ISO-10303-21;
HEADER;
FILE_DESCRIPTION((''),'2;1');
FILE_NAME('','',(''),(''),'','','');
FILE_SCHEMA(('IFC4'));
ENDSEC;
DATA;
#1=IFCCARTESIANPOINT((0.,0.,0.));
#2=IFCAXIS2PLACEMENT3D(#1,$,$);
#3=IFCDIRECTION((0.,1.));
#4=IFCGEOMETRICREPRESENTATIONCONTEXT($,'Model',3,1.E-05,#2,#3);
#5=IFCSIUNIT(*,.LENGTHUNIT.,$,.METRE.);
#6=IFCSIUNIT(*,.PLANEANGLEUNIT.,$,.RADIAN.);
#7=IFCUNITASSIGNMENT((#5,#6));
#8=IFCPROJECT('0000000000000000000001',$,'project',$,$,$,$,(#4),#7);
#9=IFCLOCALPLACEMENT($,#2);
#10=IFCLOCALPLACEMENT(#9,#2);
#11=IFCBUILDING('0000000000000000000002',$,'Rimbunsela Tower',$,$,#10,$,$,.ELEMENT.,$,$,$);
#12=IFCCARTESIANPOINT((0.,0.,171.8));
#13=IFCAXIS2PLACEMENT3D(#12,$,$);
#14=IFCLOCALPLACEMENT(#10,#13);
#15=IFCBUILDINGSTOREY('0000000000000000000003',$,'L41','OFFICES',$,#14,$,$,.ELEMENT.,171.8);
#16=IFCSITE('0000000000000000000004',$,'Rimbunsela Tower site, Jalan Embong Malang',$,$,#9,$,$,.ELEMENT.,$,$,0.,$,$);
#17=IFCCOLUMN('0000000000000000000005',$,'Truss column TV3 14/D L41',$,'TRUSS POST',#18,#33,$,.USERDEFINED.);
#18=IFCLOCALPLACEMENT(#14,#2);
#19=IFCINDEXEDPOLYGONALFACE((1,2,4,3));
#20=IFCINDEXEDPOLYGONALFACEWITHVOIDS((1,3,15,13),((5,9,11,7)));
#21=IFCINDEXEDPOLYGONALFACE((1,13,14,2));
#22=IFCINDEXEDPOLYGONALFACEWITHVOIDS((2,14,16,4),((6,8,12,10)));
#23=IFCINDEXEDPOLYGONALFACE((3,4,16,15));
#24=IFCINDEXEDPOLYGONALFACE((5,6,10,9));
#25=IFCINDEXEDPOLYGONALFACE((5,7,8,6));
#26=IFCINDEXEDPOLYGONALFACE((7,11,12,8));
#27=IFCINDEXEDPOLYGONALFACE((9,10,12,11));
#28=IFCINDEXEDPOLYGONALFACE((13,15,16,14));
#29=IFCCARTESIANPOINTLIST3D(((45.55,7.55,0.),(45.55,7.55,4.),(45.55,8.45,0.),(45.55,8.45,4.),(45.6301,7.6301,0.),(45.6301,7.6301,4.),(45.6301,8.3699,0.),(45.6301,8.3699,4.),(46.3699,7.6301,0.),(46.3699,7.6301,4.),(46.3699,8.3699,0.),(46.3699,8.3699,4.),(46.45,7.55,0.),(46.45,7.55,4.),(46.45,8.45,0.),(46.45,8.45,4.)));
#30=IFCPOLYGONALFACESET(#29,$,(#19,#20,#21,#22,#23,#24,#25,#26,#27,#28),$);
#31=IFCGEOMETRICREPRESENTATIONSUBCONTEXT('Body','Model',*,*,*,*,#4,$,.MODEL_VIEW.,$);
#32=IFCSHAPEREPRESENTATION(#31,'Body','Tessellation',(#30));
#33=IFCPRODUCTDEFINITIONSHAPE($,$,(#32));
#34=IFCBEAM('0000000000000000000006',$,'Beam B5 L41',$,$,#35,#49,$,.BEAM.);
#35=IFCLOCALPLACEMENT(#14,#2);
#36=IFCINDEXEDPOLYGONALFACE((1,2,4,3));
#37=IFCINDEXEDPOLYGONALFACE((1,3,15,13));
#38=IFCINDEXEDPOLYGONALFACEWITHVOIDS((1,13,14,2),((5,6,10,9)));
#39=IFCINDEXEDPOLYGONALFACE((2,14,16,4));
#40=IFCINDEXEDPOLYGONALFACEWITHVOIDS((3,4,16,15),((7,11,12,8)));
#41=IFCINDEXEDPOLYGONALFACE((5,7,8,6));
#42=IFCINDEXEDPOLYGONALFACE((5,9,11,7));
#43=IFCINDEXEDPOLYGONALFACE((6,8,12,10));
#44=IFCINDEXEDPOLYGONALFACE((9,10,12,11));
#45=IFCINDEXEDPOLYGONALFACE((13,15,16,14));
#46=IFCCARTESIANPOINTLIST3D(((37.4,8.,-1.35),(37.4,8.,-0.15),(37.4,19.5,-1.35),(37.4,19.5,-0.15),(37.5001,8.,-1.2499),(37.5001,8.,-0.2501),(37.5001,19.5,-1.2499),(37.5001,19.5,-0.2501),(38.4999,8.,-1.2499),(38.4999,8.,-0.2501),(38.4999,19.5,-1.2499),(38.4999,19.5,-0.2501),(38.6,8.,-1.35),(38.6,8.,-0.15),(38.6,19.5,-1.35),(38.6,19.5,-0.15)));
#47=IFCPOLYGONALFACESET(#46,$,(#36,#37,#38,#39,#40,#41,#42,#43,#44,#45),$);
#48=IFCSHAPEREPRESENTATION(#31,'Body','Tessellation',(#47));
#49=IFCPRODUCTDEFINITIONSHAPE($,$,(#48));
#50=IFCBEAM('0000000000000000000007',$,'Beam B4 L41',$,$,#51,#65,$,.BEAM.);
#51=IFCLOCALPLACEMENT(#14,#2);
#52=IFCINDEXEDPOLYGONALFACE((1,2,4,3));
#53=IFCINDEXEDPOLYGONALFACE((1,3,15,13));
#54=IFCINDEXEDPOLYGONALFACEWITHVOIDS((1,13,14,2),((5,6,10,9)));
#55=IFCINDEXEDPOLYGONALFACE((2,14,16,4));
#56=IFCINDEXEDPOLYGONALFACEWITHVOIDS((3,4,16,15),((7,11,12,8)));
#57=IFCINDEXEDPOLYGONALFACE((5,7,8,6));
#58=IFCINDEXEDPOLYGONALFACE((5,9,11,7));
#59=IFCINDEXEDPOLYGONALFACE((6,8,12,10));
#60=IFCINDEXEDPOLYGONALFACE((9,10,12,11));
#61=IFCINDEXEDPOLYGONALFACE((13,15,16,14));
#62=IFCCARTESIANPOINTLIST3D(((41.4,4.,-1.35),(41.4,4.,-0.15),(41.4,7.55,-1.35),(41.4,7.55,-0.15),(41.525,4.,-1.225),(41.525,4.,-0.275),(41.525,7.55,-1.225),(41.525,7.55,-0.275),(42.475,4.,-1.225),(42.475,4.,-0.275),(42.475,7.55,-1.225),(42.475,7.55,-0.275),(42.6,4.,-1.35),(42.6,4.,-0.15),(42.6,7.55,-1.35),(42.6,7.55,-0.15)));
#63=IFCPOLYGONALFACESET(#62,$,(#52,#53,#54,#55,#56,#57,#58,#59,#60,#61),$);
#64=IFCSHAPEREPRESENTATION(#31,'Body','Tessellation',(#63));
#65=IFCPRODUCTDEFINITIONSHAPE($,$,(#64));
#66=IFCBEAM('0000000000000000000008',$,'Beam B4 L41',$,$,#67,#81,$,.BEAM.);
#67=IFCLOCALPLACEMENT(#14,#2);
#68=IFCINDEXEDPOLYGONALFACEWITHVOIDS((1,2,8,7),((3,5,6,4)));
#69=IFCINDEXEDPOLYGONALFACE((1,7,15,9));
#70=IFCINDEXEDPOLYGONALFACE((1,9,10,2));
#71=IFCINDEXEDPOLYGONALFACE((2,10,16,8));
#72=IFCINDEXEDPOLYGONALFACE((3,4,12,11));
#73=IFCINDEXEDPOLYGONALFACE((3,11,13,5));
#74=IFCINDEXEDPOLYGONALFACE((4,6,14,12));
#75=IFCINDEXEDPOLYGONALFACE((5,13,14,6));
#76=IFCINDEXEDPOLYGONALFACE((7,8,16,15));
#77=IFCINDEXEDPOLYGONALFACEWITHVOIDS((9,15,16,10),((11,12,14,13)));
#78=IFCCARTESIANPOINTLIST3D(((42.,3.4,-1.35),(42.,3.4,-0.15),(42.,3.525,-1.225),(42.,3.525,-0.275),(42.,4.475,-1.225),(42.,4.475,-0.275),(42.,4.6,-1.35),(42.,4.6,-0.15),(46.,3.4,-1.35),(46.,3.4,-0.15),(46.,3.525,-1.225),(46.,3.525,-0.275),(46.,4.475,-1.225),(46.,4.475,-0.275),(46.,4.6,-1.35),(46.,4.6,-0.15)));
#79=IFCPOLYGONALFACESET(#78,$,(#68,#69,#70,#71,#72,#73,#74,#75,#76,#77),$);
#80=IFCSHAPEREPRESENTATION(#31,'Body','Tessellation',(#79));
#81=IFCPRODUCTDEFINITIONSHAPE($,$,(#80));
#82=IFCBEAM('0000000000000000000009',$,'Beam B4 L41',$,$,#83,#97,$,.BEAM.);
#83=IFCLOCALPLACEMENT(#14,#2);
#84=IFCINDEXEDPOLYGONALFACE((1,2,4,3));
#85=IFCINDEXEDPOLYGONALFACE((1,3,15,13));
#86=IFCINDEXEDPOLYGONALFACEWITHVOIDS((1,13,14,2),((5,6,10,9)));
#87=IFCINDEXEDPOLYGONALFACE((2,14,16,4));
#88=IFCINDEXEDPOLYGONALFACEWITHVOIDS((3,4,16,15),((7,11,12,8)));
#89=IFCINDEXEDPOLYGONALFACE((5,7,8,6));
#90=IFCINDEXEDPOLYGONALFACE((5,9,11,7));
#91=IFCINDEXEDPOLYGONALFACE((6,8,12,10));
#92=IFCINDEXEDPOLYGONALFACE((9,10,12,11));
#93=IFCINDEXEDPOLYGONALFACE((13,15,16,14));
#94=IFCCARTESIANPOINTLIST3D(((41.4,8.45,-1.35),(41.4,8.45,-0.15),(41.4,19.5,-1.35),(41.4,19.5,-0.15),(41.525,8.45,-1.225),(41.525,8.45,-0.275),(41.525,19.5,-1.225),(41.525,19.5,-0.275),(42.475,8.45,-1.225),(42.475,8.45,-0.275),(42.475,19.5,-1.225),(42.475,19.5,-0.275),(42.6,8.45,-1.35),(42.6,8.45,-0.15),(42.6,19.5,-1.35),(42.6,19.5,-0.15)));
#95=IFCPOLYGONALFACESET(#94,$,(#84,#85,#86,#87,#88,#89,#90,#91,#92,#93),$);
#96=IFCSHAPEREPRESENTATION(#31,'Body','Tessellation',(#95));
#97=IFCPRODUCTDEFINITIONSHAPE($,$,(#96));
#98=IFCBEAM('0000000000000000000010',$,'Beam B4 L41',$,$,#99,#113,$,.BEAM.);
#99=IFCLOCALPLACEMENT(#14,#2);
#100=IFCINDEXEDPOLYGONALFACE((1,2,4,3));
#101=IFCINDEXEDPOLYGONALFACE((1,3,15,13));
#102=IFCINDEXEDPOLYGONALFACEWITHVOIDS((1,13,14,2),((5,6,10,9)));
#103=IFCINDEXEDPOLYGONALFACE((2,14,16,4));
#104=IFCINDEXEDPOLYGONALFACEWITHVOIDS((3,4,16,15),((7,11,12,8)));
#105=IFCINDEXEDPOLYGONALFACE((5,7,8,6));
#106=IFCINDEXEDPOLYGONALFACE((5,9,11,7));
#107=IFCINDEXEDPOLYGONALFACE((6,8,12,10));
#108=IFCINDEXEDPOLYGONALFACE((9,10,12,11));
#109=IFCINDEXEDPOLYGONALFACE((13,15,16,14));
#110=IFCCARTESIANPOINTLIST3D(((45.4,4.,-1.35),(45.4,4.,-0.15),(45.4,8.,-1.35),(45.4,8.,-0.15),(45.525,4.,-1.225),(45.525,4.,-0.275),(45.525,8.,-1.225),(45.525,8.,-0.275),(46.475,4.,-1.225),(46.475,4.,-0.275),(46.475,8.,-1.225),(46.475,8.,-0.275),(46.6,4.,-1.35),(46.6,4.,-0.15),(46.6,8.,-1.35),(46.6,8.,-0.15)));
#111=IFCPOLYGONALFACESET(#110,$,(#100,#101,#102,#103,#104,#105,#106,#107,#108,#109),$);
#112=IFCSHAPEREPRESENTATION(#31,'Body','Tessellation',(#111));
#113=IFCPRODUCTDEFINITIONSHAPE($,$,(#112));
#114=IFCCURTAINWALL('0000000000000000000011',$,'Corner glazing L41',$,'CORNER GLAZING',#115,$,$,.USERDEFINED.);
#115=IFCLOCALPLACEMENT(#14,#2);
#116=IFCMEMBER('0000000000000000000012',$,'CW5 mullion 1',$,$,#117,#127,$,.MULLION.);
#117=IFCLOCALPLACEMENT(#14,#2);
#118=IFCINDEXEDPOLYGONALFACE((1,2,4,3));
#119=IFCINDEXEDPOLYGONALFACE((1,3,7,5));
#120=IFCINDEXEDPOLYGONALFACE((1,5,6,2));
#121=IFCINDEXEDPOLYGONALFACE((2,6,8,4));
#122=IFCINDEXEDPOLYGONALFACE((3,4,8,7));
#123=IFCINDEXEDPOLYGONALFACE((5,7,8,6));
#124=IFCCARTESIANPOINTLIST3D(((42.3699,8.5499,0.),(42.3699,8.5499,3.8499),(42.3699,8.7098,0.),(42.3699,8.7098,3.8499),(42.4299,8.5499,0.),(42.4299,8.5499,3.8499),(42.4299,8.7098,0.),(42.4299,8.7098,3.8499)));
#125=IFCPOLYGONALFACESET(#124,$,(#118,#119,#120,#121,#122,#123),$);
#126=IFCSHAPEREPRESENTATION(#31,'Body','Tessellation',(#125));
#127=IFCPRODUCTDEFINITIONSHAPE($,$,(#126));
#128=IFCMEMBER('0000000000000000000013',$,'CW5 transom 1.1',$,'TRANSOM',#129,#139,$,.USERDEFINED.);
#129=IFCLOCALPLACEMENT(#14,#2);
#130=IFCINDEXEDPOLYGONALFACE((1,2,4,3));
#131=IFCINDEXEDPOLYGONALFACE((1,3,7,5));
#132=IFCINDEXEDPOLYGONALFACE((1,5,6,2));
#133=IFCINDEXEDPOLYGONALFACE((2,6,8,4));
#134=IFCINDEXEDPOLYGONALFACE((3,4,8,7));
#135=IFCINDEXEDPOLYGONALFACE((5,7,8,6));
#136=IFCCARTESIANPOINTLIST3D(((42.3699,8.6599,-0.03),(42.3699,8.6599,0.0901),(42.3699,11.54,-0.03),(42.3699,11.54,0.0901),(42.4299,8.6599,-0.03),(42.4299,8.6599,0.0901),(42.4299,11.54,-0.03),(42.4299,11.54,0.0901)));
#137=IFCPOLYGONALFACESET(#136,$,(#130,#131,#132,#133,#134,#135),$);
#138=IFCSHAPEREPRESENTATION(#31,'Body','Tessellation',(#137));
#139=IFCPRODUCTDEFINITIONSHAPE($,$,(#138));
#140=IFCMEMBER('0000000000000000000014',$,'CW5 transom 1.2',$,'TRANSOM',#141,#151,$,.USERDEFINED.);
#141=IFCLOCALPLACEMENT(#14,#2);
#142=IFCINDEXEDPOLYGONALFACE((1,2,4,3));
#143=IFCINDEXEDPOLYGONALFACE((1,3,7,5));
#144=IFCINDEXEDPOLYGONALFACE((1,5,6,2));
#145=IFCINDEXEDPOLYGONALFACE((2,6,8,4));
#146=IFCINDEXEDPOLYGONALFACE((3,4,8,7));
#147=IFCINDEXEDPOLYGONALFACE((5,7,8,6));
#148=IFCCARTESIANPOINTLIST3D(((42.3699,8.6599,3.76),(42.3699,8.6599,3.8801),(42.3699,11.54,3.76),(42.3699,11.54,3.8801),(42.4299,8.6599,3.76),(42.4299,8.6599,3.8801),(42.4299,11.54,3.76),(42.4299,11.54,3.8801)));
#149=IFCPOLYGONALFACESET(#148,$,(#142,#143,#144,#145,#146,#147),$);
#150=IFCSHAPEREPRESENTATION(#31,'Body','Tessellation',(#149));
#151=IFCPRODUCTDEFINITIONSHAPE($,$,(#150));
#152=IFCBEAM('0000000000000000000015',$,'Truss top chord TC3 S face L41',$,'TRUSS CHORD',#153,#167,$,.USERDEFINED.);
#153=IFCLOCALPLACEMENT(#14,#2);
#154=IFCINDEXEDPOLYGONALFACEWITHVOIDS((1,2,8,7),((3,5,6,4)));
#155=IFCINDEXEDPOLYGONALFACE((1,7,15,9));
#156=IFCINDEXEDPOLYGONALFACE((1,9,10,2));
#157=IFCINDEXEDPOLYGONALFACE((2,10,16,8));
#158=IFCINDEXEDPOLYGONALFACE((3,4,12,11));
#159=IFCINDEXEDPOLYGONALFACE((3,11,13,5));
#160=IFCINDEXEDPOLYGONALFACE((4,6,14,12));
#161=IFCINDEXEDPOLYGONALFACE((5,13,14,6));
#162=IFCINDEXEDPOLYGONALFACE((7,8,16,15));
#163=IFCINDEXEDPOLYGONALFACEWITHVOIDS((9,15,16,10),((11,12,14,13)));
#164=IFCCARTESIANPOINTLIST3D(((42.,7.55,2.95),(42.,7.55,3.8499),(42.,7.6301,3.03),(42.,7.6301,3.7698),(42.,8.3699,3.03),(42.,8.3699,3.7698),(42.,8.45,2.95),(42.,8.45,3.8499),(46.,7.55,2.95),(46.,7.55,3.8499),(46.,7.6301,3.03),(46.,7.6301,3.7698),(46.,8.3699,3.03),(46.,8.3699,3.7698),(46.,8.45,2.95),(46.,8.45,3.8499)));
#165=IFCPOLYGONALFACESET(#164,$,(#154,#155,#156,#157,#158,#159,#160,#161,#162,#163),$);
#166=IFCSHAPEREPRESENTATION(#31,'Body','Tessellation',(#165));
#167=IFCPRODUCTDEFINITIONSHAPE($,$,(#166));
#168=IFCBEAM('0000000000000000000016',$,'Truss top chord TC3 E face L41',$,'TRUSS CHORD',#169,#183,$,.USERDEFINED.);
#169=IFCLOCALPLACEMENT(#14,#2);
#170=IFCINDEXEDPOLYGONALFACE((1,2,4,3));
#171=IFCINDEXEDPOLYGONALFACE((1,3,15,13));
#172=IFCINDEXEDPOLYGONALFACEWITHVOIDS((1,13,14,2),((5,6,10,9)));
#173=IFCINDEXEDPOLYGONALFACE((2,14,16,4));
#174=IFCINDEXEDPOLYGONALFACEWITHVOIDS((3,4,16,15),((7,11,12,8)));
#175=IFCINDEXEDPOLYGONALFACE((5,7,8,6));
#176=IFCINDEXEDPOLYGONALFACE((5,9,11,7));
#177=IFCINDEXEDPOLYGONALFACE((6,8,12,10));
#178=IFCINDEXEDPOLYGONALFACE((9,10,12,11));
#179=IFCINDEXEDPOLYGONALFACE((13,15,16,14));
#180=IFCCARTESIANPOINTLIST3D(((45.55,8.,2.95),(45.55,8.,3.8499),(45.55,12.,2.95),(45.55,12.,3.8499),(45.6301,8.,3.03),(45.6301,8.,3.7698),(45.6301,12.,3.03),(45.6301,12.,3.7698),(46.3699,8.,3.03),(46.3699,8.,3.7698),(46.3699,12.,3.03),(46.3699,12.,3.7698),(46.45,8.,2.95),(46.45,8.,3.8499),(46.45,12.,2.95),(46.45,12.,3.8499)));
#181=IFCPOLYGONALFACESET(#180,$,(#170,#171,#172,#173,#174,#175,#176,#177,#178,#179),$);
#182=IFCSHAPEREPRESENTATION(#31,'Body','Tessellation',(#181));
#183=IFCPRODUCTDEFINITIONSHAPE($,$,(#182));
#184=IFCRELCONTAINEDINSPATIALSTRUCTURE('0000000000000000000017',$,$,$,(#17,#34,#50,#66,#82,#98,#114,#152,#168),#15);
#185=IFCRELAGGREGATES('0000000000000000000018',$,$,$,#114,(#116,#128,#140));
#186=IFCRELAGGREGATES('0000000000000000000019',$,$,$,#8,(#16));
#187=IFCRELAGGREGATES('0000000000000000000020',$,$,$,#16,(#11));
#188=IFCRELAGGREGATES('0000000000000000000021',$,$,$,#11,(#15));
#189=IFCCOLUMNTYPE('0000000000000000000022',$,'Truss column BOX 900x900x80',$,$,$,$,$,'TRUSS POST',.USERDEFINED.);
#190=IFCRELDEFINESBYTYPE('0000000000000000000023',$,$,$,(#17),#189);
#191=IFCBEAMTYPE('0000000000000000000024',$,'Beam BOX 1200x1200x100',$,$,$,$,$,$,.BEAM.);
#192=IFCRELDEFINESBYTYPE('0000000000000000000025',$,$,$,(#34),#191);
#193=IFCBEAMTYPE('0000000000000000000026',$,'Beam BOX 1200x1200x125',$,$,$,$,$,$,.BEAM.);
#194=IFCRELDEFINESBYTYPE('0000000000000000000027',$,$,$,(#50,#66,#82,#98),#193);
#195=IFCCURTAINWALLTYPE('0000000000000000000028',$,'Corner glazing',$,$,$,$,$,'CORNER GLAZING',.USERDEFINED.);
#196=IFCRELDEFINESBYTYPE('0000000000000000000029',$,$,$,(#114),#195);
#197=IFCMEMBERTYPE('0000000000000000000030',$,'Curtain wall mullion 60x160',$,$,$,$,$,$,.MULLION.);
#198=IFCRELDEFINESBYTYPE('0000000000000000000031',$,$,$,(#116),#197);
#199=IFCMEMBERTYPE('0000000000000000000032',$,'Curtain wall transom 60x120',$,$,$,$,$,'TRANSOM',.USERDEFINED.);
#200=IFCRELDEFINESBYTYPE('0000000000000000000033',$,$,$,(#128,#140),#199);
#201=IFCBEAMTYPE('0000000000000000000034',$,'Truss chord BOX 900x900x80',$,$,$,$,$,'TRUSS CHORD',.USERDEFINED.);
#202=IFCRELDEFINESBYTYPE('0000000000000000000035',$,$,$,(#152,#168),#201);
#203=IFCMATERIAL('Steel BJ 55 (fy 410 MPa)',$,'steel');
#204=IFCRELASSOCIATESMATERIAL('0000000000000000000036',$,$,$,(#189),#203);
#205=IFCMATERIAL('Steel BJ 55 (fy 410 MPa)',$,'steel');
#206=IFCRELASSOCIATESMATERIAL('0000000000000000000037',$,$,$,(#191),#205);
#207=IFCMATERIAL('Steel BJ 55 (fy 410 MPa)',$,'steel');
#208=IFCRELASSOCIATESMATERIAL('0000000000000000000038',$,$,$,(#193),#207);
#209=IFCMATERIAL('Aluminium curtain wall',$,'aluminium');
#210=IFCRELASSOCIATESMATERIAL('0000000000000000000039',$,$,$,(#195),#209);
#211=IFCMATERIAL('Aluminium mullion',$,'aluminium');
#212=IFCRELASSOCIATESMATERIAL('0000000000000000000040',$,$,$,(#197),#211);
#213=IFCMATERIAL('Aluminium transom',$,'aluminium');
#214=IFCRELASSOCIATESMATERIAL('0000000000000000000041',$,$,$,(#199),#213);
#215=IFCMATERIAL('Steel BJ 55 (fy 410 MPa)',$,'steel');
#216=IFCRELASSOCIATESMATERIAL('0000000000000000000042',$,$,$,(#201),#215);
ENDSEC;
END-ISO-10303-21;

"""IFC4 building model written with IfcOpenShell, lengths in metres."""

from ifc_helpers import new_model, si_unit, direction, frame, origin, origin_2d, place, context, subcontext, project, spatial, rectangle, hollow_rectangle, extrude, material, material_profile, profile_set, type_object, element, aggregate, save


model = new_model("IFC4")

# Units and contexts
model_context = context("Model", 3, precision=1e-05, world=origin(), true_north=direction((0.0, 1.0)))
body_context = subcontext(model_context, "Body", "Model", "MODEL_VIEW")
ifc_project = project(units=[si_unit("LENGTHUNIT", "METRE"), si_unit("PLANEANGLEUNIT", "RADIAN")], contexts=[model_context])

# Site, building, storey
site_placement = place(None, origin())
site = spatial("IfcSite", under=ifc_project, at=site_placement, Name="Rimbunsela Tower site, Jalan Embong Malang", CompositionType="ELEMENT", RefElevation=0.0)
building_placement = place(site_placement, origin())
building = spatial("IfcBuilding", under=site, at=building_placement, Name="Rimbunsela Tower", CompositionType="ELEMENT")
storey_placement = place(building_placement, frame((0.0, 0.0, 171.8)))
storey = spatial("IfcBuildingStorey", under=building, at=storey_placement, Name="L41", Description="OFFICES", CompositionType="ELEMENT", Elevation=171.8)

# Column
ifc_material_1 = material(Name="Steel BJ 55 (fy 410 MPa)", Category="steel")
ifc_material_profile_1 = material_profile(ifc_material_1, hollow_rectangle(XDim=0.8999, YDim=0.8999, WallThickness=0.0801, at=origin_2d()), Name="BOX 900x900x80")
ifc_profile_set_1 = profile_set([ifc_material_profile_1], Name="Steel BJ 55 (fy 410 MPa)")
column_type = type_object("IfcColumnType", Name="Truss column BOX 900x900x80", ElementType="TRUSS POST", PredefinedType="USERDEFINED", material=ifc_profile_set_1)
column_placement = place(storey_placement, frame((46.0, 8.0, 0.0), z_axis=(0.0, 0.0, 1.0), x_axis=(1.0, 0.0, 0.0)))
element("IfcColumn", 1, at=column_placement, inside=storey, type_object=column_type, Name="Truss column TV3 14/D L41", ObjectType="TRUSS POST", PredefinedType="USERDEFINED", context=body_context, shape_type="SweptSolid", body=[
    extrude(hollow_rectangle(XDim=0.8999, YDim=0.8999, WallThickness=0.0801, at=origin_2d()), origin(), (0.0, 0.0, 1.0), 4.0),
])

# Beams
ifc_material_2 = material(Name="Steel BJ 55 (fy 410 MPa)", Category="steel")
ifc_material_profile_2 = material_profile(ifc_material_2, hollow_rectangle(XDim=1.2, YDim=1.2, WallThickness=0.1001, at=origin_2d()), Name="BOX 1200x1200x100")
ifc_profile_set_2 = profile_set([ifc_material_profile_2], Name="Steel BJ 55 (fy 410 MPa)")
beam_type_1 = type_object("IfcBeamType", Name="Beam BOX 1200x1200x100", PredefinedType="BEAM", material=ifc_profile_set_2)
beam_1_placement = place(storey_placement, frame((38.0, 8.0, -0.75), z_axis=(0.0, 1.0, 0.0), x_axis=(-1.0, 0.0, 0.0)))
element("IfcBeam", 2, at=beam_1_placement, inside=storey, type_object=beam_type_1, Name="Beam B5 L41", PredefinedType="BEAM", context=body_context, shape_type="SweptSolid", body=[
    extrude(hollow_rectangle(XDim=1.2, YDim=1.2, WallThickness=0.1001, at=origin_2d()), origin(), (0.0, 0.0, 1.0), 11.5),
])
ifc_material_3 = material(Name="Steel BJ 55 (fy 410 MPa)", Category="steel")
ifc_material_profile_3 = material_profile(ifc_material_3, hollow_rectangle(XDim=1.2, YDim=1.2, WallThickness=0.125, at=origin_2d()), Name="BOX 1200x1200x125")
ifc_profile_set_3 = profile_set([ifc_material_profile_3], Name="Steel BJ 55 (fy 410 MPa)")
beam_type_2 = type_object("IfcBeamType", Name="Beam BOX 1200x1200x125", PredefinedType="BEAM", material=ifc_profile_set_3)
beam_2_placement = place(storey_placement, frame((42.0, 4.0, -0.75), z_axis=(0.0, 1.0, 0.0), x_axis=(-1.0, 0.0, 0.0)))
element("IfcBeam", 3, at=beam_2_placement, inside=storey, type_object=beam_type_2, Name="Beam B4 L41", PredefinedType="BEAM", context=body_context, shape_type="SweptSolid", body=[
    extrude(hollow_rectangle(XDim=1.2, YDim=1.2, WallThickness=0.125, at=origin_2d()), origin(), (0.0, 0.0, 1.0), 3.55),
])
beam_3_placement = place(storey_placement, frame((42.0, 4.0, -0.75), z_axis=(1.0, 0.0, 0.0), x_axis=(0.0, 1.0, 0.0)))
element("IfcBeam", 4, at=beam_3_placement, inside=storey, type_object=beam_type_2, Name="Beam B4 L41", PredefinedType="BEAM", context=body_context, shape_type="SweptSolid", body=[
    extrude(hollow_rectangle(XDim=1.2, YDim=1.2, WallThickness=0.125, at=origin_2d()), origin(), (0.0, 0.0, 1.0), 4.0),
])
beam_4_placement = place(storey_placement, frame((42.0, 8.45, -0.75), z_axis=(0.0, 1.0, 0.0), x_axis=(-1.0, 0.0, 0.0)))
element("IfcBeam", 5, at=beam_4_placement, inside=storey, type_object=beam_type_2, Name="Beam B4 L41", PredefinedType="BEAM", context=body_context, shape_type="SweptSolid", body=[
    extrude(hollow_rectangle(XDim=1.2, YDim=1.2, WallThickness=0.125, at=origin_2d()), origin(), (0.0, 0.0, 1.0), 11.05),
])
beam_5_placement = place(storey_placement, frame((46.0, 4.0, -0.75), z_axis=(0.0, 1.0, 0.0), x_axis=(-1.0, 0.0, 0.0)))
element("IfcBeam", 6, at=beam_5_placement, inside=storey, type_object=beam_type_2, Name="Beam B4 L41", PredefinedType="BEAM", context=body_context, shape_type="SweptSolid", body=[
    extrude(hollow_rectangle(XDim=1.2, YDim=1.2, WallThickness=0.125, at=origin_2d()), origin(), (0.0, 0.0, 1.0), 4.0),
])

# Curtain wall, members
ifc_material_4 = material(Name="Aluminium curtain wall", Category="aluminium")
curtain_wall_type = type_object("IfcCurtainWallType", Name="Corner glazing", ElementType="CORNER GLAZING", PredefinedType="USERDEFINED", material=ifc_material_4)
curtain_wall_placement = place(storey_placement, origin())
curtain_wall = element("IfcCurtainWall", 7, at=curtain_wall_placement, inside=storey, type_object=curtain_wall_type, Name="Corner glazing L41", ObjectType="CORNER GLAZING", PredefinedType="USERDEFINED")
ifc_material_5 = material(Name="Aluminium mullion", Category="aluminium")
ifc_material_profile_4 = material_profile(ifc_material_5, rectangle(XDim=0.0601, YDim=0.1599, at=origin_2d()), Name="Mullion 60x160")
ifc_profile_set_4 = profile_set([ifc_material_profile_4], Name="Aluminium mullion")
member_type_1 = type_object("IfcMemberType", Name="Curtain wall mullion 60x160", PredefinedType="MULLION", material=ifc_profile_set_4)
member_1_placement = place(storey_placement, frame((42.3999, 8.6299, 0.0), z_axis=(0.0, 0.0, 1.0), x_axis=(-1.0, 0.0, 0.0)))
member_1 = element("IfcMember", 8, at=member_1_placement, type_object=member_type_1, Name="CW5 mullion 1", PredefinedType="MULLION", context=body_context, shape_type="SweptSolid", body=[
    extrude(rectangle(XDim=0.0601, YDim=0.1599, at=origin_2d()), origin(), (0.0, 0.0, 1.0), 3.8499),
])
ifc_material_6 = material(Name="Aluminium transom", Category="aluminium")
ifc_material_profile_5 = material_profile(ifc_material_6, rectangle(XDim=0.0601, YDim=0.1201, at=origin_2d()), Name="Transom 60x120")
ifc_profile_set_5 = profile_set([ifc_material_profile_5], Name="Aluminium transom")
member_type_2 = type_object("IfcMemberType", Name="Curtain wall transom 60x120", ElementType="TRANSOM", PredefinedType="USERDEFINED", material=ifc_profile_set_5)
member_2_placement = place(storey_placement, frame((42.3999, 8.6599, 0.03), z_axis=(0.0, 1.0, 0.0), x_axis=(-1.0, 0.0, 0.0)))
member_2 = element("IfcMember", 9, at=member_2_placement, type_object=member_type_2, Name="CW5 transom 1.1", ObjectType="TRANSOM", PredefinedType="USERDEFINED", context=body_context, shape_type="SweptSolid", body=[
    extrude(rectangle(XDim=0.0601, YDim=0.1201, at=origin_2d()), origin(), (0.0, 0.0, 1.0), 2.8801),
])
member_3_placement = place(storey_placement, frame((42.3999, 8.6599, 3.8201), z_axis=(0.0, 1.0, 0.0), x_axis=(-1.0, 0.0, 0.0)))
member_3 = element("IfcMember", 10, at=member_3_placement, type_object=member_type_2, Name="CW5 transom 1.2", ObjectType="TRANSOM", PredefinedType="USERDEFINED", context=body_context, shape_type="SweptSolid", body=[
    extrude(rectangle(XDim=0.0601, YDim=0.1201, at=origin_2d()), origin(), (0.0, 0.0, 1.0), 2.8801),
])

# Beams
ifc_material_7 = material(Name="Steel BJ 55 (fy 410 MPa)", Category="steel")
ifc_material_profile_6 = material_profile(ifc_material_7, hollow_rectangle(XDim=0.8999, YDim=0.8999, WallThickness=0.0801, at=origin_2d()), Name="BOX 900x900x80")
ifc_profile_set_6 = profile_set([ifc_material_profile_6], Name="Steel BJ 55 (fy 410 MPa)")
beam_type_3 = type_object("IfcBeamType", Name="Truss chord BOX 900x900x80", ElementType="TRUSS CHORD", PredefinedType="USERDEFINED", material=ifc_profile_set_6)
for number, where, z_axis, x_axis, name in (
    (11, (42.0, 8.0, 3.3999), (1.0, 0.0, 0.0), (0.0, 1.0, 0.0), "Truss top chord TC3 S face L41"),
    (12, (46.0, 8.0, 3.3999), (0.0, 1.0, 0.0), (-1.0, 0.0, 0.0), "Truss top chord TC3 E face L41"),
):
    element("IfcBeam", number, at=place(storey_placement, frame(where, z_axis=z_axis, x_axis=x_axis)), inside=storey, type_object=beam_type_3, Name=name, ObjectType="TRUSS CHORD", PredefinedType="USERDEFINED", context=body_context, shape_type="SweptSolid", body=[
        extrude(hollow_rectangle(XDim=0.8999, YDim=0.8999, WallThickness=0.0801, at=origin_2d()), origin(), (0.0, 0.0, 1.0), 4.0),
    ])

aggregate(curtain_wall, [member_1, member_2, member_3])

save(model, "model.ifc")
